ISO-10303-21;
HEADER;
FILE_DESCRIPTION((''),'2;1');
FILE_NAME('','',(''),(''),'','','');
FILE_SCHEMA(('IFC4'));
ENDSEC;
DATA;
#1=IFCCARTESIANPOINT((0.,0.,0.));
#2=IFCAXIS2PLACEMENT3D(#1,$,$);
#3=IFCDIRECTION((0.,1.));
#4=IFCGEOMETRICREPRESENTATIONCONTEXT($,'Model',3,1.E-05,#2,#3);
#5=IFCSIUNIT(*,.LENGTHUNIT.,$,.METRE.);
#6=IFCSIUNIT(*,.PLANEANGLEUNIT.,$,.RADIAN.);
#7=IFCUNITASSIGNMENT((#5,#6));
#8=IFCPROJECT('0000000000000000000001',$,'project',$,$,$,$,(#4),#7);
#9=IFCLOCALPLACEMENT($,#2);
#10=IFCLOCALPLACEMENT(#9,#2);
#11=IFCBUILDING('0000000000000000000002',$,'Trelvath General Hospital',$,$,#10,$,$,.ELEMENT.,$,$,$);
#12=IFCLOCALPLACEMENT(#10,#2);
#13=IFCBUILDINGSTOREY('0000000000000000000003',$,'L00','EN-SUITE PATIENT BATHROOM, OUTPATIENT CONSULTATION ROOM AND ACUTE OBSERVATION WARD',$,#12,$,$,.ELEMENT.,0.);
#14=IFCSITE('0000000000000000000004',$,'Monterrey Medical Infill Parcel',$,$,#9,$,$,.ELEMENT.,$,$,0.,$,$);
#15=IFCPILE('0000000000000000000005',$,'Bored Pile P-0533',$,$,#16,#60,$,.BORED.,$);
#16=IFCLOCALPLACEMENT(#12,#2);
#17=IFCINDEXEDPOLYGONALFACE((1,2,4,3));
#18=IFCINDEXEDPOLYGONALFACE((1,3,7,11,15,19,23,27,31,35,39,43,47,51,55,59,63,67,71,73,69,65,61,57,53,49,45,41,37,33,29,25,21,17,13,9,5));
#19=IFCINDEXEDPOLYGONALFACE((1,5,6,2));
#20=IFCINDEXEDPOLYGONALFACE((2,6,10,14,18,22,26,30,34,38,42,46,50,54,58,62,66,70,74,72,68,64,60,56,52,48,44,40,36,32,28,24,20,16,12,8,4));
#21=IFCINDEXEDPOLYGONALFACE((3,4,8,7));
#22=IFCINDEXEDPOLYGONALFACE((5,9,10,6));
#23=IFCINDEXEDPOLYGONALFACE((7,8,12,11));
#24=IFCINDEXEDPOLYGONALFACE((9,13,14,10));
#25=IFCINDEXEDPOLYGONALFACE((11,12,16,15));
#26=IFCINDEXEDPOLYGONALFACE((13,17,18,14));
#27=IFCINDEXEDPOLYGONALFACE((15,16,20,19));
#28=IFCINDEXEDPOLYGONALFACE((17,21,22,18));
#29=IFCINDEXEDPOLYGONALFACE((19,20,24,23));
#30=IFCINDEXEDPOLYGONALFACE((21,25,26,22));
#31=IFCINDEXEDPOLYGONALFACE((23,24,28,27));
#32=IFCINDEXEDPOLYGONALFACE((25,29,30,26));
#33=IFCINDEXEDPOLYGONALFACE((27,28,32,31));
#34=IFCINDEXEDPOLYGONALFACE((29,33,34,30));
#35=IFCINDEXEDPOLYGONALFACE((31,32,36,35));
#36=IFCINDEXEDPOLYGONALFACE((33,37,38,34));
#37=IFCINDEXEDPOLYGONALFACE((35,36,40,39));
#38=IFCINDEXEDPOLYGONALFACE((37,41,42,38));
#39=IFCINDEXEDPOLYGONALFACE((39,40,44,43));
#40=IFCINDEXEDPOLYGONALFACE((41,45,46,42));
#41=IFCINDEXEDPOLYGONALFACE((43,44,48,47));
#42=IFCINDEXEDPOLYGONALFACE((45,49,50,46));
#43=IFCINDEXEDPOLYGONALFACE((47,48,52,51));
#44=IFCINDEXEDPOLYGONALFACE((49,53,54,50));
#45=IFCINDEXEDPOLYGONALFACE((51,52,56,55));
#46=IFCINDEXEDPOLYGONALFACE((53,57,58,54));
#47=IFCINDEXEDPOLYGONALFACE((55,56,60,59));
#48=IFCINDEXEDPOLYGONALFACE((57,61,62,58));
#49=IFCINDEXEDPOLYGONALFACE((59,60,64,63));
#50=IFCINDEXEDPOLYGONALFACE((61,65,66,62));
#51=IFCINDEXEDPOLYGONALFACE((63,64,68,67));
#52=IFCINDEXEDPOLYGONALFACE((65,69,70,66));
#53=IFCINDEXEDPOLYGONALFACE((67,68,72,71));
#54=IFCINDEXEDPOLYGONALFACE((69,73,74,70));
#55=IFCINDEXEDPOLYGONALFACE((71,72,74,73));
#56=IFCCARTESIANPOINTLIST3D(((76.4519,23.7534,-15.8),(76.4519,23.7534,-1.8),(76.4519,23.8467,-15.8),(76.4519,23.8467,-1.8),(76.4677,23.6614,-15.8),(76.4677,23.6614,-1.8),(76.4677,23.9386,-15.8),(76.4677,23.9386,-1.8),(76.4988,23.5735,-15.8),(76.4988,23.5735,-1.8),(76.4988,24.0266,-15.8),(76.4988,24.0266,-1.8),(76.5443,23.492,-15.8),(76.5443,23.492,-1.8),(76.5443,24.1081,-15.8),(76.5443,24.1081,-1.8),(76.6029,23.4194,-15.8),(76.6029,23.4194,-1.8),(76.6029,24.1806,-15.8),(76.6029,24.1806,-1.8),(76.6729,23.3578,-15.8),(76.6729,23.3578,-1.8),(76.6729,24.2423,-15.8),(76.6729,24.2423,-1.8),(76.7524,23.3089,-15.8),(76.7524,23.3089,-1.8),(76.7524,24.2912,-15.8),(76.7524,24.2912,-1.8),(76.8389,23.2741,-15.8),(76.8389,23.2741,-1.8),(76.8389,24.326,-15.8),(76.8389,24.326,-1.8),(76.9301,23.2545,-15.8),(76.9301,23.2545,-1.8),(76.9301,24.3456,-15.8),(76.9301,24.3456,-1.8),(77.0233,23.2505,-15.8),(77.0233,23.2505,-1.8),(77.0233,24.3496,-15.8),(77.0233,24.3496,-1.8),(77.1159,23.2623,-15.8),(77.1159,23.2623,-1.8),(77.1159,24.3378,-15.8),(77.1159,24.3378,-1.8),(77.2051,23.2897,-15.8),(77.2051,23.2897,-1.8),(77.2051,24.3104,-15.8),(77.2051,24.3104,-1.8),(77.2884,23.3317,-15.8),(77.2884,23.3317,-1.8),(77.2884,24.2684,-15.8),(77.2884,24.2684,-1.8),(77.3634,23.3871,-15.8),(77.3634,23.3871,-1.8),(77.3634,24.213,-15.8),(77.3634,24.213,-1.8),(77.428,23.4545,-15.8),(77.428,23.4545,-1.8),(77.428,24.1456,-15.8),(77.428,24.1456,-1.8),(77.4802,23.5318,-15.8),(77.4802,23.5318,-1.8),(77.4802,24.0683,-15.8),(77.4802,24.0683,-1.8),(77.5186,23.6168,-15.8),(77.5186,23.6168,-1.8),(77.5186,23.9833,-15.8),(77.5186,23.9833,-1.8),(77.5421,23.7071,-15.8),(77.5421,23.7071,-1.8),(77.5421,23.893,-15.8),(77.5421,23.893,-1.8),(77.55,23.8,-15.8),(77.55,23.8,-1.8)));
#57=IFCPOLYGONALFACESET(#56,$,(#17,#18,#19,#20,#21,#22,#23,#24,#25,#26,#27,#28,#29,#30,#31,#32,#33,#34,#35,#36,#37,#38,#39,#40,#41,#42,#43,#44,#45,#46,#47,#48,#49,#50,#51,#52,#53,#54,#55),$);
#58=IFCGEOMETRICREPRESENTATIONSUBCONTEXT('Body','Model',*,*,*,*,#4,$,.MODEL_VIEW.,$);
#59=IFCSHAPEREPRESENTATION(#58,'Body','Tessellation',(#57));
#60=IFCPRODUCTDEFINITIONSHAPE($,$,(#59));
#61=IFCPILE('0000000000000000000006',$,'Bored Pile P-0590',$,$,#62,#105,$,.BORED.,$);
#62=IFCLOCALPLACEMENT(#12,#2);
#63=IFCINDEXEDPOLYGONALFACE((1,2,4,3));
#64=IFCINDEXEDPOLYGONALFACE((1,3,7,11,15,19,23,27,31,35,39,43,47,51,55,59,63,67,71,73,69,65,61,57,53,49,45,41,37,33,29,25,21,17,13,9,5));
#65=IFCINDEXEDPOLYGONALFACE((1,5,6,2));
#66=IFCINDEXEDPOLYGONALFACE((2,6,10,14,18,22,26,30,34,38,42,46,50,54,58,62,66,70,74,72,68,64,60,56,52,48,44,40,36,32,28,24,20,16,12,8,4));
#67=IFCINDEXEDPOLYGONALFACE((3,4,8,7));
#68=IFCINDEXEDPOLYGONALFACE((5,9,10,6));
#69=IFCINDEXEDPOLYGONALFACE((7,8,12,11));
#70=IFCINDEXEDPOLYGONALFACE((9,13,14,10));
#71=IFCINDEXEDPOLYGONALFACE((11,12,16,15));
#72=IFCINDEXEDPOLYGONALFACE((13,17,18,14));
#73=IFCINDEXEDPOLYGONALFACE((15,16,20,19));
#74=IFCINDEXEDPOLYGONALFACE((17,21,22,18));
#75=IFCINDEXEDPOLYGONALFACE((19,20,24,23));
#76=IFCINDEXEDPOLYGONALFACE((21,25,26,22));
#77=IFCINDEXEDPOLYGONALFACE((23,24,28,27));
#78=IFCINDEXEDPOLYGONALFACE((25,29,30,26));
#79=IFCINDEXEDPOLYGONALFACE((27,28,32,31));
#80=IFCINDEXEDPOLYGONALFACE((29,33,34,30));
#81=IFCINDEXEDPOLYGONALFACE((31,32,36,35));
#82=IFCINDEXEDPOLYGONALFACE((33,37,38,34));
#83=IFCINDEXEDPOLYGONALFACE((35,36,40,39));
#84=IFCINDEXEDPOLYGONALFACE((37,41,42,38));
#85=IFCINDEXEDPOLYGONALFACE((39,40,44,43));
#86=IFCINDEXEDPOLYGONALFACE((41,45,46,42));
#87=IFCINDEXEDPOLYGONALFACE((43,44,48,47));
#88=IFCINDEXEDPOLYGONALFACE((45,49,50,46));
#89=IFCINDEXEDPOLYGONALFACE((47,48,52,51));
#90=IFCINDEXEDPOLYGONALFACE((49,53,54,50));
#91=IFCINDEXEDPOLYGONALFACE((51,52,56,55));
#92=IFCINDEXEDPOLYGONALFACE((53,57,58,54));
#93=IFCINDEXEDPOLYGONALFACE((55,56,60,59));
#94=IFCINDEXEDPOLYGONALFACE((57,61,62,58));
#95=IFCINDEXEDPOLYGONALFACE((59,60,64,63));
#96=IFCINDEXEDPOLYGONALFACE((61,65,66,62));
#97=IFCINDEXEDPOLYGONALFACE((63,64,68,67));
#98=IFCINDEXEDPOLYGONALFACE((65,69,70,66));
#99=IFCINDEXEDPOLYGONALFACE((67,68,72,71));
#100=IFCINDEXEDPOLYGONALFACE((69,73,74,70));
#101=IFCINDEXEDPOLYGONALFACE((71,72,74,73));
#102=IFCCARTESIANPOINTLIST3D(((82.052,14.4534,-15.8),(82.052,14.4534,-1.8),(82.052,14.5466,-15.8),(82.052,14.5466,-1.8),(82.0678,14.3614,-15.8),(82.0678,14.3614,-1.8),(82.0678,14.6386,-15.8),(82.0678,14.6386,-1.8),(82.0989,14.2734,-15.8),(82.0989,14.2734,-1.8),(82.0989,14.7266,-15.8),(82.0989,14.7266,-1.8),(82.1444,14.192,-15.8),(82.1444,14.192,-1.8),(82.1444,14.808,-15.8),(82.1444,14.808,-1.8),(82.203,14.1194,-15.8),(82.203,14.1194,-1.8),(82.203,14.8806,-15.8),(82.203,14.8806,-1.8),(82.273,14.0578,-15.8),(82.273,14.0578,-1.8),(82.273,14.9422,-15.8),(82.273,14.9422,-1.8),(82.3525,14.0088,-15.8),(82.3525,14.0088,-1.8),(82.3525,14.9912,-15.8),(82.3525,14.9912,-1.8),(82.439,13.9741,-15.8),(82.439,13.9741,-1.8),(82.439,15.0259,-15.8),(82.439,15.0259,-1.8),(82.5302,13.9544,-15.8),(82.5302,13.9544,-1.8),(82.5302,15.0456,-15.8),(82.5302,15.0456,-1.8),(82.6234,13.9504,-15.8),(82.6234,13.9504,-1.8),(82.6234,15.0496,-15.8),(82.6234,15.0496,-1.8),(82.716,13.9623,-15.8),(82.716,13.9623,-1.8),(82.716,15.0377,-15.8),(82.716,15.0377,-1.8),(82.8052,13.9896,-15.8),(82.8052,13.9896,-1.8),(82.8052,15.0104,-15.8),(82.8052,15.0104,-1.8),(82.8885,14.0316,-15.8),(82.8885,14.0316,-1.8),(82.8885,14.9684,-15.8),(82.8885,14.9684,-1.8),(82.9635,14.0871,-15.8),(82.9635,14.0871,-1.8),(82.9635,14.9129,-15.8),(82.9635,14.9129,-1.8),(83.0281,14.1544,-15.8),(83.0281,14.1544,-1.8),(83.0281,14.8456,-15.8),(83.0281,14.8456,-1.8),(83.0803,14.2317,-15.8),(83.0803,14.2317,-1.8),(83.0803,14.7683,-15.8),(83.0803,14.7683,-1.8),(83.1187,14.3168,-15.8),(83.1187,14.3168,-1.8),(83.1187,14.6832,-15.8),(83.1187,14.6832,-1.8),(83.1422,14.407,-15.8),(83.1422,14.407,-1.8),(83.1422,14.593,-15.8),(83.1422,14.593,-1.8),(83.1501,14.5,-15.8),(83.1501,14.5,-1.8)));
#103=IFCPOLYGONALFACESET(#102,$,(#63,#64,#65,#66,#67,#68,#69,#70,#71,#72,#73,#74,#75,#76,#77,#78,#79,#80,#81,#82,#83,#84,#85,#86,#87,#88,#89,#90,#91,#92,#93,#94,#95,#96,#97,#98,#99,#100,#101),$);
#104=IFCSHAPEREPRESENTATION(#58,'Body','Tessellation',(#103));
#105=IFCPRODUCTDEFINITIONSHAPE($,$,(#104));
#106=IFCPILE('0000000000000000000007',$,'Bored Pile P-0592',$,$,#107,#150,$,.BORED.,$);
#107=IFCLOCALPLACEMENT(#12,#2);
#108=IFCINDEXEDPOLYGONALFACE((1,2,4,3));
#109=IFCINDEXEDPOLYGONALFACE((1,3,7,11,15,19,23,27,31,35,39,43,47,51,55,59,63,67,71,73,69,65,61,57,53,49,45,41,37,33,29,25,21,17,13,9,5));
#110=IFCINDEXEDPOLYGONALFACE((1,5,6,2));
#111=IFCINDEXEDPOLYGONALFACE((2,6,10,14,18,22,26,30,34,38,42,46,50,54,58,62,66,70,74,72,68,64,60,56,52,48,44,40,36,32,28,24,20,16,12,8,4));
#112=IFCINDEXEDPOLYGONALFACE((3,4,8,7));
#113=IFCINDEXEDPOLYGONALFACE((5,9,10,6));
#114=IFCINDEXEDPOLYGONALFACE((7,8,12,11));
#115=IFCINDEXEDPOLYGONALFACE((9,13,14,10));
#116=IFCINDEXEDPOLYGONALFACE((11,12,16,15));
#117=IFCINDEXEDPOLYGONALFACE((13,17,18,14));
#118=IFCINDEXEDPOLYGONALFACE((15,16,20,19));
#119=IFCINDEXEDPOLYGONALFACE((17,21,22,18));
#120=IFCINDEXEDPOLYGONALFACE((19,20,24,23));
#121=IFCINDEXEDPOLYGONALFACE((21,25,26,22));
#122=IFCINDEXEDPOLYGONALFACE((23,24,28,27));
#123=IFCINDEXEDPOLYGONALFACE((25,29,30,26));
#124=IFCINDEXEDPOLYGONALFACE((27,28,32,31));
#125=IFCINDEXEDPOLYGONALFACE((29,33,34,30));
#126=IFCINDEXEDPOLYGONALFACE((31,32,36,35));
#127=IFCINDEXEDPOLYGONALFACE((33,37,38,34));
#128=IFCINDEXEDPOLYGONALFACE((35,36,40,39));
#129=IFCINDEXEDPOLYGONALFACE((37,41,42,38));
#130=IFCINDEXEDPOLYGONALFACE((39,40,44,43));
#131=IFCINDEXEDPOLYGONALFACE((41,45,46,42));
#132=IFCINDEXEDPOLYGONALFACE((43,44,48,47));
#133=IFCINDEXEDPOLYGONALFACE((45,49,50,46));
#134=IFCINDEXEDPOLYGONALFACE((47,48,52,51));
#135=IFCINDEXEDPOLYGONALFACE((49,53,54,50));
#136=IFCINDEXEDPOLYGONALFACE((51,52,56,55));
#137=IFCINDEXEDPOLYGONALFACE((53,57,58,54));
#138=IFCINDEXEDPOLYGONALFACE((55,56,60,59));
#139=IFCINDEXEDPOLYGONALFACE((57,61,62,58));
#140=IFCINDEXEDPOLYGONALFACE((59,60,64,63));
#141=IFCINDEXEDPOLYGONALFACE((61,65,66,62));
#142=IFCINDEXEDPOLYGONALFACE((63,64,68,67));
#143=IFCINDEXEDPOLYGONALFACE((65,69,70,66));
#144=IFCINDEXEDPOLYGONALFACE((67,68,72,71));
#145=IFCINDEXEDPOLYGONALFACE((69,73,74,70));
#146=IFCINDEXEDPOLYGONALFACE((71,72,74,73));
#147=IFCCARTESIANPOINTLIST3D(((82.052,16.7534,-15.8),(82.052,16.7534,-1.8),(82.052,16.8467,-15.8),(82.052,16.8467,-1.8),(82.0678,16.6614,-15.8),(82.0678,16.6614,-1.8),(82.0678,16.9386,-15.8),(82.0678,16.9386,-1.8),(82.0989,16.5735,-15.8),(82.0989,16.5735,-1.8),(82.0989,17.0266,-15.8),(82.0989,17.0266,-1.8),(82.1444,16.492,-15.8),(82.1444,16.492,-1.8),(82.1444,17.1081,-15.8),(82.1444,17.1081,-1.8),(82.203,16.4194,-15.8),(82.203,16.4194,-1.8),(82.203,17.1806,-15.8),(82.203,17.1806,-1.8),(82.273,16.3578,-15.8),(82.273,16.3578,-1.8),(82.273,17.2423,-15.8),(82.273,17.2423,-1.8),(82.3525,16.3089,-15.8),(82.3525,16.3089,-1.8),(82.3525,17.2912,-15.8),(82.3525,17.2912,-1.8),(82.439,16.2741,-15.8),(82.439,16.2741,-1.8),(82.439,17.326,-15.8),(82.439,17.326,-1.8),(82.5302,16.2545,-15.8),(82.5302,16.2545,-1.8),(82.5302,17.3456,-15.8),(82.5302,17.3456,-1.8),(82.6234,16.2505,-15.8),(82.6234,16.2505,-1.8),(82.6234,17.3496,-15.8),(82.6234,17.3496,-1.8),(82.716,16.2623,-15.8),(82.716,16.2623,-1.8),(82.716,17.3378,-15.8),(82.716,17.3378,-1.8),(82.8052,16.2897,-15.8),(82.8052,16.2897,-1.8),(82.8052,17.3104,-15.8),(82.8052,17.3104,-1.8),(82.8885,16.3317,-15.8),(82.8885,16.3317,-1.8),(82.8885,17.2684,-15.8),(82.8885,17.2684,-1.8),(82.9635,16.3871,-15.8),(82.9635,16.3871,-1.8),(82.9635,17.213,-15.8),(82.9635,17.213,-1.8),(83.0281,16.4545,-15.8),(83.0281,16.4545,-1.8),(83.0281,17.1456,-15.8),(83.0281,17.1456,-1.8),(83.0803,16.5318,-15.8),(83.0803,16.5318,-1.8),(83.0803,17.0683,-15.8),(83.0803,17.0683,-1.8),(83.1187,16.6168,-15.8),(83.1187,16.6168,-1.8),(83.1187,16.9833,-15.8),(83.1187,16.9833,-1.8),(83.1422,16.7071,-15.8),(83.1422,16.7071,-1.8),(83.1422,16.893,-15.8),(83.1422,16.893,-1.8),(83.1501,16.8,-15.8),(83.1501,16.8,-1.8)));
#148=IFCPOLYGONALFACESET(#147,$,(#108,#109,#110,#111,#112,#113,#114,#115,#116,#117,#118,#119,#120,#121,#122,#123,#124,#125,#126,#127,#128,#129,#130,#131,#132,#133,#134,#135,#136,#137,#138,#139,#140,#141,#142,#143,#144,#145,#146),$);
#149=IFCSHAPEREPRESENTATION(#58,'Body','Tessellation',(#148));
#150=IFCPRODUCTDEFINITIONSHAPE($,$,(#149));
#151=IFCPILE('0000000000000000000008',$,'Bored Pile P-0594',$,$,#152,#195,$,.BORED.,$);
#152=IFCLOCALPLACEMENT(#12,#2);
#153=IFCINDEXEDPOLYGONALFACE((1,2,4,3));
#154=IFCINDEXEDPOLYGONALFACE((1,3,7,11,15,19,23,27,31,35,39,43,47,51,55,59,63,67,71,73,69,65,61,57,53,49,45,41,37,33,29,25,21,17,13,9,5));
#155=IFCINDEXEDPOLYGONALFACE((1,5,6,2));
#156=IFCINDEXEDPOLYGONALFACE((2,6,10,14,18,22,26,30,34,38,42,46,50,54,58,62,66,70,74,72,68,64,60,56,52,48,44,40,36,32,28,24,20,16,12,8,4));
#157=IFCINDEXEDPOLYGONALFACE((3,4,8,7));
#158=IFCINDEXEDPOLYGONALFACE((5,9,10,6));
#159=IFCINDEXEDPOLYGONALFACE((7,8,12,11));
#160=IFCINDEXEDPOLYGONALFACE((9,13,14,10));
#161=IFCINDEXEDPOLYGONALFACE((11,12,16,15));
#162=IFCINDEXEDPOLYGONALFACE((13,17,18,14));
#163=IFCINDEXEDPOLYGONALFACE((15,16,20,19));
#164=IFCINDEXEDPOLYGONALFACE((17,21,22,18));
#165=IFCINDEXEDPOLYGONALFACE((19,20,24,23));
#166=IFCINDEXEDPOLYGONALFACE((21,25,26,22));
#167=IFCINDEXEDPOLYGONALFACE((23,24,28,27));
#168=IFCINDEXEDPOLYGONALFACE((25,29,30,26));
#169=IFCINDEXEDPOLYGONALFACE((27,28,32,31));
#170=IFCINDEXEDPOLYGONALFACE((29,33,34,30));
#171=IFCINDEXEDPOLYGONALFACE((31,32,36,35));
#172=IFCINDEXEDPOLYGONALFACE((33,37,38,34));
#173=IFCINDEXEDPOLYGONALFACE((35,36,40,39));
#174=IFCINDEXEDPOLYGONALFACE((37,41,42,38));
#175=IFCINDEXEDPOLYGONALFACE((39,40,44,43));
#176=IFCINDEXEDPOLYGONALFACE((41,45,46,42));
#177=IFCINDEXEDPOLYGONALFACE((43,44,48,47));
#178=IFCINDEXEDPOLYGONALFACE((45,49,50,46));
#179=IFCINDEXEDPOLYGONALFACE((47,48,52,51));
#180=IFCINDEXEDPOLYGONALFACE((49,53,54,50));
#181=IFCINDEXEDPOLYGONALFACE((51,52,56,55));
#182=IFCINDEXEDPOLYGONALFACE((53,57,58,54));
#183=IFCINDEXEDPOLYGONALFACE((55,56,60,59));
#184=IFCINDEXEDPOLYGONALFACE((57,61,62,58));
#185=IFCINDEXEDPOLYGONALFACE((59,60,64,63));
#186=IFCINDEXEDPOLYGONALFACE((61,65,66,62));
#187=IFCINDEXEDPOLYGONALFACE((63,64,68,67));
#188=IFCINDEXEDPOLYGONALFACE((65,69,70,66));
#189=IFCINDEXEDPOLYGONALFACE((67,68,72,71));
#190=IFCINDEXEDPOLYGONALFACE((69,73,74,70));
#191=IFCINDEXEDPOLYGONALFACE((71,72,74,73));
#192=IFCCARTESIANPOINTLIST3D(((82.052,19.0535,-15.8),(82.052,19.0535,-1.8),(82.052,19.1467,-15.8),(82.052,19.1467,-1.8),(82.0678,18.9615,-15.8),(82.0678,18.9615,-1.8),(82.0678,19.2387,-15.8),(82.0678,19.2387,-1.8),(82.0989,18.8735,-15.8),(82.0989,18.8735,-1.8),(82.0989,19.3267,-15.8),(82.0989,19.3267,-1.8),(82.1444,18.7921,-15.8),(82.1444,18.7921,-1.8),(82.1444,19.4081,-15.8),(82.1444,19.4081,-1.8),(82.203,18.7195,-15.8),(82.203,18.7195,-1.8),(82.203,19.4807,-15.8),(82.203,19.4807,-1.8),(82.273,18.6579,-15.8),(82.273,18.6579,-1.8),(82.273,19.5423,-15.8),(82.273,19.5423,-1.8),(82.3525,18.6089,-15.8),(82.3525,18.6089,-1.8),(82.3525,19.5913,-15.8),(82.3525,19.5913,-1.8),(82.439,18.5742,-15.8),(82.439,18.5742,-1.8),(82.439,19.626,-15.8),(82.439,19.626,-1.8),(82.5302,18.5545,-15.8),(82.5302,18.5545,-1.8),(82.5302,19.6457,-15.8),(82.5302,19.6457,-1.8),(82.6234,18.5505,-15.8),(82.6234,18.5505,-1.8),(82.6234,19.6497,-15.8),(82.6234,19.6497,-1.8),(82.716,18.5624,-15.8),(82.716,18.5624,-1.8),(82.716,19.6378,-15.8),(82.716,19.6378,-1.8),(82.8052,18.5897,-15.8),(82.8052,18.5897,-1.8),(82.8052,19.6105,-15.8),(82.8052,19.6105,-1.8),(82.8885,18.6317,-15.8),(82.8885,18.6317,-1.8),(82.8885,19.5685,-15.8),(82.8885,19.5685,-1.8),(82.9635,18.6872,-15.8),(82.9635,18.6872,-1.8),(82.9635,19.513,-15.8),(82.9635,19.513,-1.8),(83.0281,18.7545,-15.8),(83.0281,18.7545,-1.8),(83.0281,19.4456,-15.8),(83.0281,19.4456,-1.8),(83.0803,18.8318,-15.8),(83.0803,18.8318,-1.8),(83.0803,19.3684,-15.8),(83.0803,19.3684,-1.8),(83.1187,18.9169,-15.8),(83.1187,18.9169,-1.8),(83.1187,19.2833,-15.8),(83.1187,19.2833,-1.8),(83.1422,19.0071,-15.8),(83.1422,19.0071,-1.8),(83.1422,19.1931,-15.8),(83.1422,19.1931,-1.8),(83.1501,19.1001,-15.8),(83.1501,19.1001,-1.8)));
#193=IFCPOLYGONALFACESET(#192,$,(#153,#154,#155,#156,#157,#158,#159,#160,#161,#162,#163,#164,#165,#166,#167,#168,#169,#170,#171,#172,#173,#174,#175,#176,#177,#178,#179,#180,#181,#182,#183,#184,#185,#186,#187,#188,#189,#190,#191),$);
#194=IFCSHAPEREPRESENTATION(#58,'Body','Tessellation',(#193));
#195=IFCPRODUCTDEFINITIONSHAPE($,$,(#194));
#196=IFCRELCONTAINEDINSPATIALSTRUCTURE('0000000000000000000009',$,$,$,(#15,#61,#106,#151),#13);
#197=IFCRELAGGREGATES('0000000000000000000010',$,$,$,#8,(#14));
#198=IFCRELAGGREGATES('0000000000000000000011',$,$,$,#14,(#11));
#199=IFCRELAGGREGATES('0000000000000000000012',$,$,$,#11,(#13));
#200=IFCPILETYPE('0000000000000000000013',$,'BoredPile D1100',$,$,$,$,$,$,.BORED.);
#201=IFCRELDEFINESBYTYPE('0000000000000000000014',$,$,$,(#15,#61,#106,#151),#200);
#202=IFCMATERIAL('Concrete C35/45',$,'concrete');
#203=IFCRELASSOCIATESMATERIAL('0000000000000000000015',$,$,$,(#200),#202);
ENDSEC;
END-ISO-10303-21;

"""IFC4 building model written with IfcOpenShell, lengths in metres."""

from ifc_helpers import new_model, si_unit, direction, frame, origin, origin_2d, place, context, subcontext, project, spatial, circle, extrude, material, material_profile, profile_set, type_object, element, save


model = new_model("IFC4")

# Units and contexts
model_context = context("Model", 3, precision=1e-05, world=origin(), true_north=direction((0.0, 1.0)))
body_context = subcontext(model_context, "Body", "Model", "MODEL_VIEW")
ifc_project = project(units=[si_unit("LENGTHUNIT", "METRE"), si_unit("PLANEANGLEUNIT", "RADIAN")], contexts=[model_context])

# Site, building, storey
site_placement = place(None, origin())
site = spatial("IfcSite", under=ifc_project, at=site_placement, Name="Monterrey Medical Infill Parcel", CompositionType="ELEMENT", RefElevation=0.0)
building_placement = place(site_placement, origin())
building = spatial("IfcBuilding", under=site, at=building_placement, Name="Trelvath General Hospital", CompositionType="ELEMENT")
storey_placement = place(building_placement, origin())
storey = spatial("IfcBuildingStorey", under=building, at=storey_placement, Name="L00", Description="EN-SUITE PATIENT BATHROOM, OUTPATIENT CONSULTATION ROOM AND ACUTE OBSERVATION WARD", CompositionType="ELEMENT", Elevation=0.0)

# Piles
ifc_material_1 = material(Name="Concrete C35/45", Category="concrete")
ifc_material_profile_1 = material_profile(ifc_material_1, circle(Radius=0.55, at=origin_2d()), Name="PILE1100")
ifc_profile_set_1 = profile_set([ifc_material_profile_1], Name="Concrete C35/45")
pile_type_1 = type_object("IfcPileType", Name="BoredPile D1100", PredefinedType="BORED", material=ifc_profile_set_1)
for number, where, z_axis, x_axis, name in (
    (1, (77.0, 23.8, -1.8), (0.0, 0.0, -1.0), (1.0, 0.0, 0.0), "Bored Pile P-0533"),
    (2, (82.6001, 14.5, -1.8), (0.0, 0.0, -1.0), (1.0, 0.0, 0.0), "Bored Pile P-0590"),
    (3, (82.6001, 16.8, -1.8), (0.0, 0.0, -1.0), (1.0, 0.0, 0.0), "Bored Pile P-0592"),
    (4, (82.6001, 19.1001, -1.8), (0.0, 0.0, -1.0), (1.0, 0.0, 0.0), "Bored Pile P-0594"),
):
    element("IfcPile", number, at=place(storey_placement, frame(where, z_axis=z_axis, x_axis=x_axis)), inside=storey, type_object=pile_type_1, Name=name, PredefinedType="BORED", context=body_context, shape_type="SweptSolid", body=[
        extrude(circle(Radius=0.55, at=origin_2d()), origin(), (0.0, 0.0, 1.0), 14.0),
    ])

save(model, "model.ifc")
